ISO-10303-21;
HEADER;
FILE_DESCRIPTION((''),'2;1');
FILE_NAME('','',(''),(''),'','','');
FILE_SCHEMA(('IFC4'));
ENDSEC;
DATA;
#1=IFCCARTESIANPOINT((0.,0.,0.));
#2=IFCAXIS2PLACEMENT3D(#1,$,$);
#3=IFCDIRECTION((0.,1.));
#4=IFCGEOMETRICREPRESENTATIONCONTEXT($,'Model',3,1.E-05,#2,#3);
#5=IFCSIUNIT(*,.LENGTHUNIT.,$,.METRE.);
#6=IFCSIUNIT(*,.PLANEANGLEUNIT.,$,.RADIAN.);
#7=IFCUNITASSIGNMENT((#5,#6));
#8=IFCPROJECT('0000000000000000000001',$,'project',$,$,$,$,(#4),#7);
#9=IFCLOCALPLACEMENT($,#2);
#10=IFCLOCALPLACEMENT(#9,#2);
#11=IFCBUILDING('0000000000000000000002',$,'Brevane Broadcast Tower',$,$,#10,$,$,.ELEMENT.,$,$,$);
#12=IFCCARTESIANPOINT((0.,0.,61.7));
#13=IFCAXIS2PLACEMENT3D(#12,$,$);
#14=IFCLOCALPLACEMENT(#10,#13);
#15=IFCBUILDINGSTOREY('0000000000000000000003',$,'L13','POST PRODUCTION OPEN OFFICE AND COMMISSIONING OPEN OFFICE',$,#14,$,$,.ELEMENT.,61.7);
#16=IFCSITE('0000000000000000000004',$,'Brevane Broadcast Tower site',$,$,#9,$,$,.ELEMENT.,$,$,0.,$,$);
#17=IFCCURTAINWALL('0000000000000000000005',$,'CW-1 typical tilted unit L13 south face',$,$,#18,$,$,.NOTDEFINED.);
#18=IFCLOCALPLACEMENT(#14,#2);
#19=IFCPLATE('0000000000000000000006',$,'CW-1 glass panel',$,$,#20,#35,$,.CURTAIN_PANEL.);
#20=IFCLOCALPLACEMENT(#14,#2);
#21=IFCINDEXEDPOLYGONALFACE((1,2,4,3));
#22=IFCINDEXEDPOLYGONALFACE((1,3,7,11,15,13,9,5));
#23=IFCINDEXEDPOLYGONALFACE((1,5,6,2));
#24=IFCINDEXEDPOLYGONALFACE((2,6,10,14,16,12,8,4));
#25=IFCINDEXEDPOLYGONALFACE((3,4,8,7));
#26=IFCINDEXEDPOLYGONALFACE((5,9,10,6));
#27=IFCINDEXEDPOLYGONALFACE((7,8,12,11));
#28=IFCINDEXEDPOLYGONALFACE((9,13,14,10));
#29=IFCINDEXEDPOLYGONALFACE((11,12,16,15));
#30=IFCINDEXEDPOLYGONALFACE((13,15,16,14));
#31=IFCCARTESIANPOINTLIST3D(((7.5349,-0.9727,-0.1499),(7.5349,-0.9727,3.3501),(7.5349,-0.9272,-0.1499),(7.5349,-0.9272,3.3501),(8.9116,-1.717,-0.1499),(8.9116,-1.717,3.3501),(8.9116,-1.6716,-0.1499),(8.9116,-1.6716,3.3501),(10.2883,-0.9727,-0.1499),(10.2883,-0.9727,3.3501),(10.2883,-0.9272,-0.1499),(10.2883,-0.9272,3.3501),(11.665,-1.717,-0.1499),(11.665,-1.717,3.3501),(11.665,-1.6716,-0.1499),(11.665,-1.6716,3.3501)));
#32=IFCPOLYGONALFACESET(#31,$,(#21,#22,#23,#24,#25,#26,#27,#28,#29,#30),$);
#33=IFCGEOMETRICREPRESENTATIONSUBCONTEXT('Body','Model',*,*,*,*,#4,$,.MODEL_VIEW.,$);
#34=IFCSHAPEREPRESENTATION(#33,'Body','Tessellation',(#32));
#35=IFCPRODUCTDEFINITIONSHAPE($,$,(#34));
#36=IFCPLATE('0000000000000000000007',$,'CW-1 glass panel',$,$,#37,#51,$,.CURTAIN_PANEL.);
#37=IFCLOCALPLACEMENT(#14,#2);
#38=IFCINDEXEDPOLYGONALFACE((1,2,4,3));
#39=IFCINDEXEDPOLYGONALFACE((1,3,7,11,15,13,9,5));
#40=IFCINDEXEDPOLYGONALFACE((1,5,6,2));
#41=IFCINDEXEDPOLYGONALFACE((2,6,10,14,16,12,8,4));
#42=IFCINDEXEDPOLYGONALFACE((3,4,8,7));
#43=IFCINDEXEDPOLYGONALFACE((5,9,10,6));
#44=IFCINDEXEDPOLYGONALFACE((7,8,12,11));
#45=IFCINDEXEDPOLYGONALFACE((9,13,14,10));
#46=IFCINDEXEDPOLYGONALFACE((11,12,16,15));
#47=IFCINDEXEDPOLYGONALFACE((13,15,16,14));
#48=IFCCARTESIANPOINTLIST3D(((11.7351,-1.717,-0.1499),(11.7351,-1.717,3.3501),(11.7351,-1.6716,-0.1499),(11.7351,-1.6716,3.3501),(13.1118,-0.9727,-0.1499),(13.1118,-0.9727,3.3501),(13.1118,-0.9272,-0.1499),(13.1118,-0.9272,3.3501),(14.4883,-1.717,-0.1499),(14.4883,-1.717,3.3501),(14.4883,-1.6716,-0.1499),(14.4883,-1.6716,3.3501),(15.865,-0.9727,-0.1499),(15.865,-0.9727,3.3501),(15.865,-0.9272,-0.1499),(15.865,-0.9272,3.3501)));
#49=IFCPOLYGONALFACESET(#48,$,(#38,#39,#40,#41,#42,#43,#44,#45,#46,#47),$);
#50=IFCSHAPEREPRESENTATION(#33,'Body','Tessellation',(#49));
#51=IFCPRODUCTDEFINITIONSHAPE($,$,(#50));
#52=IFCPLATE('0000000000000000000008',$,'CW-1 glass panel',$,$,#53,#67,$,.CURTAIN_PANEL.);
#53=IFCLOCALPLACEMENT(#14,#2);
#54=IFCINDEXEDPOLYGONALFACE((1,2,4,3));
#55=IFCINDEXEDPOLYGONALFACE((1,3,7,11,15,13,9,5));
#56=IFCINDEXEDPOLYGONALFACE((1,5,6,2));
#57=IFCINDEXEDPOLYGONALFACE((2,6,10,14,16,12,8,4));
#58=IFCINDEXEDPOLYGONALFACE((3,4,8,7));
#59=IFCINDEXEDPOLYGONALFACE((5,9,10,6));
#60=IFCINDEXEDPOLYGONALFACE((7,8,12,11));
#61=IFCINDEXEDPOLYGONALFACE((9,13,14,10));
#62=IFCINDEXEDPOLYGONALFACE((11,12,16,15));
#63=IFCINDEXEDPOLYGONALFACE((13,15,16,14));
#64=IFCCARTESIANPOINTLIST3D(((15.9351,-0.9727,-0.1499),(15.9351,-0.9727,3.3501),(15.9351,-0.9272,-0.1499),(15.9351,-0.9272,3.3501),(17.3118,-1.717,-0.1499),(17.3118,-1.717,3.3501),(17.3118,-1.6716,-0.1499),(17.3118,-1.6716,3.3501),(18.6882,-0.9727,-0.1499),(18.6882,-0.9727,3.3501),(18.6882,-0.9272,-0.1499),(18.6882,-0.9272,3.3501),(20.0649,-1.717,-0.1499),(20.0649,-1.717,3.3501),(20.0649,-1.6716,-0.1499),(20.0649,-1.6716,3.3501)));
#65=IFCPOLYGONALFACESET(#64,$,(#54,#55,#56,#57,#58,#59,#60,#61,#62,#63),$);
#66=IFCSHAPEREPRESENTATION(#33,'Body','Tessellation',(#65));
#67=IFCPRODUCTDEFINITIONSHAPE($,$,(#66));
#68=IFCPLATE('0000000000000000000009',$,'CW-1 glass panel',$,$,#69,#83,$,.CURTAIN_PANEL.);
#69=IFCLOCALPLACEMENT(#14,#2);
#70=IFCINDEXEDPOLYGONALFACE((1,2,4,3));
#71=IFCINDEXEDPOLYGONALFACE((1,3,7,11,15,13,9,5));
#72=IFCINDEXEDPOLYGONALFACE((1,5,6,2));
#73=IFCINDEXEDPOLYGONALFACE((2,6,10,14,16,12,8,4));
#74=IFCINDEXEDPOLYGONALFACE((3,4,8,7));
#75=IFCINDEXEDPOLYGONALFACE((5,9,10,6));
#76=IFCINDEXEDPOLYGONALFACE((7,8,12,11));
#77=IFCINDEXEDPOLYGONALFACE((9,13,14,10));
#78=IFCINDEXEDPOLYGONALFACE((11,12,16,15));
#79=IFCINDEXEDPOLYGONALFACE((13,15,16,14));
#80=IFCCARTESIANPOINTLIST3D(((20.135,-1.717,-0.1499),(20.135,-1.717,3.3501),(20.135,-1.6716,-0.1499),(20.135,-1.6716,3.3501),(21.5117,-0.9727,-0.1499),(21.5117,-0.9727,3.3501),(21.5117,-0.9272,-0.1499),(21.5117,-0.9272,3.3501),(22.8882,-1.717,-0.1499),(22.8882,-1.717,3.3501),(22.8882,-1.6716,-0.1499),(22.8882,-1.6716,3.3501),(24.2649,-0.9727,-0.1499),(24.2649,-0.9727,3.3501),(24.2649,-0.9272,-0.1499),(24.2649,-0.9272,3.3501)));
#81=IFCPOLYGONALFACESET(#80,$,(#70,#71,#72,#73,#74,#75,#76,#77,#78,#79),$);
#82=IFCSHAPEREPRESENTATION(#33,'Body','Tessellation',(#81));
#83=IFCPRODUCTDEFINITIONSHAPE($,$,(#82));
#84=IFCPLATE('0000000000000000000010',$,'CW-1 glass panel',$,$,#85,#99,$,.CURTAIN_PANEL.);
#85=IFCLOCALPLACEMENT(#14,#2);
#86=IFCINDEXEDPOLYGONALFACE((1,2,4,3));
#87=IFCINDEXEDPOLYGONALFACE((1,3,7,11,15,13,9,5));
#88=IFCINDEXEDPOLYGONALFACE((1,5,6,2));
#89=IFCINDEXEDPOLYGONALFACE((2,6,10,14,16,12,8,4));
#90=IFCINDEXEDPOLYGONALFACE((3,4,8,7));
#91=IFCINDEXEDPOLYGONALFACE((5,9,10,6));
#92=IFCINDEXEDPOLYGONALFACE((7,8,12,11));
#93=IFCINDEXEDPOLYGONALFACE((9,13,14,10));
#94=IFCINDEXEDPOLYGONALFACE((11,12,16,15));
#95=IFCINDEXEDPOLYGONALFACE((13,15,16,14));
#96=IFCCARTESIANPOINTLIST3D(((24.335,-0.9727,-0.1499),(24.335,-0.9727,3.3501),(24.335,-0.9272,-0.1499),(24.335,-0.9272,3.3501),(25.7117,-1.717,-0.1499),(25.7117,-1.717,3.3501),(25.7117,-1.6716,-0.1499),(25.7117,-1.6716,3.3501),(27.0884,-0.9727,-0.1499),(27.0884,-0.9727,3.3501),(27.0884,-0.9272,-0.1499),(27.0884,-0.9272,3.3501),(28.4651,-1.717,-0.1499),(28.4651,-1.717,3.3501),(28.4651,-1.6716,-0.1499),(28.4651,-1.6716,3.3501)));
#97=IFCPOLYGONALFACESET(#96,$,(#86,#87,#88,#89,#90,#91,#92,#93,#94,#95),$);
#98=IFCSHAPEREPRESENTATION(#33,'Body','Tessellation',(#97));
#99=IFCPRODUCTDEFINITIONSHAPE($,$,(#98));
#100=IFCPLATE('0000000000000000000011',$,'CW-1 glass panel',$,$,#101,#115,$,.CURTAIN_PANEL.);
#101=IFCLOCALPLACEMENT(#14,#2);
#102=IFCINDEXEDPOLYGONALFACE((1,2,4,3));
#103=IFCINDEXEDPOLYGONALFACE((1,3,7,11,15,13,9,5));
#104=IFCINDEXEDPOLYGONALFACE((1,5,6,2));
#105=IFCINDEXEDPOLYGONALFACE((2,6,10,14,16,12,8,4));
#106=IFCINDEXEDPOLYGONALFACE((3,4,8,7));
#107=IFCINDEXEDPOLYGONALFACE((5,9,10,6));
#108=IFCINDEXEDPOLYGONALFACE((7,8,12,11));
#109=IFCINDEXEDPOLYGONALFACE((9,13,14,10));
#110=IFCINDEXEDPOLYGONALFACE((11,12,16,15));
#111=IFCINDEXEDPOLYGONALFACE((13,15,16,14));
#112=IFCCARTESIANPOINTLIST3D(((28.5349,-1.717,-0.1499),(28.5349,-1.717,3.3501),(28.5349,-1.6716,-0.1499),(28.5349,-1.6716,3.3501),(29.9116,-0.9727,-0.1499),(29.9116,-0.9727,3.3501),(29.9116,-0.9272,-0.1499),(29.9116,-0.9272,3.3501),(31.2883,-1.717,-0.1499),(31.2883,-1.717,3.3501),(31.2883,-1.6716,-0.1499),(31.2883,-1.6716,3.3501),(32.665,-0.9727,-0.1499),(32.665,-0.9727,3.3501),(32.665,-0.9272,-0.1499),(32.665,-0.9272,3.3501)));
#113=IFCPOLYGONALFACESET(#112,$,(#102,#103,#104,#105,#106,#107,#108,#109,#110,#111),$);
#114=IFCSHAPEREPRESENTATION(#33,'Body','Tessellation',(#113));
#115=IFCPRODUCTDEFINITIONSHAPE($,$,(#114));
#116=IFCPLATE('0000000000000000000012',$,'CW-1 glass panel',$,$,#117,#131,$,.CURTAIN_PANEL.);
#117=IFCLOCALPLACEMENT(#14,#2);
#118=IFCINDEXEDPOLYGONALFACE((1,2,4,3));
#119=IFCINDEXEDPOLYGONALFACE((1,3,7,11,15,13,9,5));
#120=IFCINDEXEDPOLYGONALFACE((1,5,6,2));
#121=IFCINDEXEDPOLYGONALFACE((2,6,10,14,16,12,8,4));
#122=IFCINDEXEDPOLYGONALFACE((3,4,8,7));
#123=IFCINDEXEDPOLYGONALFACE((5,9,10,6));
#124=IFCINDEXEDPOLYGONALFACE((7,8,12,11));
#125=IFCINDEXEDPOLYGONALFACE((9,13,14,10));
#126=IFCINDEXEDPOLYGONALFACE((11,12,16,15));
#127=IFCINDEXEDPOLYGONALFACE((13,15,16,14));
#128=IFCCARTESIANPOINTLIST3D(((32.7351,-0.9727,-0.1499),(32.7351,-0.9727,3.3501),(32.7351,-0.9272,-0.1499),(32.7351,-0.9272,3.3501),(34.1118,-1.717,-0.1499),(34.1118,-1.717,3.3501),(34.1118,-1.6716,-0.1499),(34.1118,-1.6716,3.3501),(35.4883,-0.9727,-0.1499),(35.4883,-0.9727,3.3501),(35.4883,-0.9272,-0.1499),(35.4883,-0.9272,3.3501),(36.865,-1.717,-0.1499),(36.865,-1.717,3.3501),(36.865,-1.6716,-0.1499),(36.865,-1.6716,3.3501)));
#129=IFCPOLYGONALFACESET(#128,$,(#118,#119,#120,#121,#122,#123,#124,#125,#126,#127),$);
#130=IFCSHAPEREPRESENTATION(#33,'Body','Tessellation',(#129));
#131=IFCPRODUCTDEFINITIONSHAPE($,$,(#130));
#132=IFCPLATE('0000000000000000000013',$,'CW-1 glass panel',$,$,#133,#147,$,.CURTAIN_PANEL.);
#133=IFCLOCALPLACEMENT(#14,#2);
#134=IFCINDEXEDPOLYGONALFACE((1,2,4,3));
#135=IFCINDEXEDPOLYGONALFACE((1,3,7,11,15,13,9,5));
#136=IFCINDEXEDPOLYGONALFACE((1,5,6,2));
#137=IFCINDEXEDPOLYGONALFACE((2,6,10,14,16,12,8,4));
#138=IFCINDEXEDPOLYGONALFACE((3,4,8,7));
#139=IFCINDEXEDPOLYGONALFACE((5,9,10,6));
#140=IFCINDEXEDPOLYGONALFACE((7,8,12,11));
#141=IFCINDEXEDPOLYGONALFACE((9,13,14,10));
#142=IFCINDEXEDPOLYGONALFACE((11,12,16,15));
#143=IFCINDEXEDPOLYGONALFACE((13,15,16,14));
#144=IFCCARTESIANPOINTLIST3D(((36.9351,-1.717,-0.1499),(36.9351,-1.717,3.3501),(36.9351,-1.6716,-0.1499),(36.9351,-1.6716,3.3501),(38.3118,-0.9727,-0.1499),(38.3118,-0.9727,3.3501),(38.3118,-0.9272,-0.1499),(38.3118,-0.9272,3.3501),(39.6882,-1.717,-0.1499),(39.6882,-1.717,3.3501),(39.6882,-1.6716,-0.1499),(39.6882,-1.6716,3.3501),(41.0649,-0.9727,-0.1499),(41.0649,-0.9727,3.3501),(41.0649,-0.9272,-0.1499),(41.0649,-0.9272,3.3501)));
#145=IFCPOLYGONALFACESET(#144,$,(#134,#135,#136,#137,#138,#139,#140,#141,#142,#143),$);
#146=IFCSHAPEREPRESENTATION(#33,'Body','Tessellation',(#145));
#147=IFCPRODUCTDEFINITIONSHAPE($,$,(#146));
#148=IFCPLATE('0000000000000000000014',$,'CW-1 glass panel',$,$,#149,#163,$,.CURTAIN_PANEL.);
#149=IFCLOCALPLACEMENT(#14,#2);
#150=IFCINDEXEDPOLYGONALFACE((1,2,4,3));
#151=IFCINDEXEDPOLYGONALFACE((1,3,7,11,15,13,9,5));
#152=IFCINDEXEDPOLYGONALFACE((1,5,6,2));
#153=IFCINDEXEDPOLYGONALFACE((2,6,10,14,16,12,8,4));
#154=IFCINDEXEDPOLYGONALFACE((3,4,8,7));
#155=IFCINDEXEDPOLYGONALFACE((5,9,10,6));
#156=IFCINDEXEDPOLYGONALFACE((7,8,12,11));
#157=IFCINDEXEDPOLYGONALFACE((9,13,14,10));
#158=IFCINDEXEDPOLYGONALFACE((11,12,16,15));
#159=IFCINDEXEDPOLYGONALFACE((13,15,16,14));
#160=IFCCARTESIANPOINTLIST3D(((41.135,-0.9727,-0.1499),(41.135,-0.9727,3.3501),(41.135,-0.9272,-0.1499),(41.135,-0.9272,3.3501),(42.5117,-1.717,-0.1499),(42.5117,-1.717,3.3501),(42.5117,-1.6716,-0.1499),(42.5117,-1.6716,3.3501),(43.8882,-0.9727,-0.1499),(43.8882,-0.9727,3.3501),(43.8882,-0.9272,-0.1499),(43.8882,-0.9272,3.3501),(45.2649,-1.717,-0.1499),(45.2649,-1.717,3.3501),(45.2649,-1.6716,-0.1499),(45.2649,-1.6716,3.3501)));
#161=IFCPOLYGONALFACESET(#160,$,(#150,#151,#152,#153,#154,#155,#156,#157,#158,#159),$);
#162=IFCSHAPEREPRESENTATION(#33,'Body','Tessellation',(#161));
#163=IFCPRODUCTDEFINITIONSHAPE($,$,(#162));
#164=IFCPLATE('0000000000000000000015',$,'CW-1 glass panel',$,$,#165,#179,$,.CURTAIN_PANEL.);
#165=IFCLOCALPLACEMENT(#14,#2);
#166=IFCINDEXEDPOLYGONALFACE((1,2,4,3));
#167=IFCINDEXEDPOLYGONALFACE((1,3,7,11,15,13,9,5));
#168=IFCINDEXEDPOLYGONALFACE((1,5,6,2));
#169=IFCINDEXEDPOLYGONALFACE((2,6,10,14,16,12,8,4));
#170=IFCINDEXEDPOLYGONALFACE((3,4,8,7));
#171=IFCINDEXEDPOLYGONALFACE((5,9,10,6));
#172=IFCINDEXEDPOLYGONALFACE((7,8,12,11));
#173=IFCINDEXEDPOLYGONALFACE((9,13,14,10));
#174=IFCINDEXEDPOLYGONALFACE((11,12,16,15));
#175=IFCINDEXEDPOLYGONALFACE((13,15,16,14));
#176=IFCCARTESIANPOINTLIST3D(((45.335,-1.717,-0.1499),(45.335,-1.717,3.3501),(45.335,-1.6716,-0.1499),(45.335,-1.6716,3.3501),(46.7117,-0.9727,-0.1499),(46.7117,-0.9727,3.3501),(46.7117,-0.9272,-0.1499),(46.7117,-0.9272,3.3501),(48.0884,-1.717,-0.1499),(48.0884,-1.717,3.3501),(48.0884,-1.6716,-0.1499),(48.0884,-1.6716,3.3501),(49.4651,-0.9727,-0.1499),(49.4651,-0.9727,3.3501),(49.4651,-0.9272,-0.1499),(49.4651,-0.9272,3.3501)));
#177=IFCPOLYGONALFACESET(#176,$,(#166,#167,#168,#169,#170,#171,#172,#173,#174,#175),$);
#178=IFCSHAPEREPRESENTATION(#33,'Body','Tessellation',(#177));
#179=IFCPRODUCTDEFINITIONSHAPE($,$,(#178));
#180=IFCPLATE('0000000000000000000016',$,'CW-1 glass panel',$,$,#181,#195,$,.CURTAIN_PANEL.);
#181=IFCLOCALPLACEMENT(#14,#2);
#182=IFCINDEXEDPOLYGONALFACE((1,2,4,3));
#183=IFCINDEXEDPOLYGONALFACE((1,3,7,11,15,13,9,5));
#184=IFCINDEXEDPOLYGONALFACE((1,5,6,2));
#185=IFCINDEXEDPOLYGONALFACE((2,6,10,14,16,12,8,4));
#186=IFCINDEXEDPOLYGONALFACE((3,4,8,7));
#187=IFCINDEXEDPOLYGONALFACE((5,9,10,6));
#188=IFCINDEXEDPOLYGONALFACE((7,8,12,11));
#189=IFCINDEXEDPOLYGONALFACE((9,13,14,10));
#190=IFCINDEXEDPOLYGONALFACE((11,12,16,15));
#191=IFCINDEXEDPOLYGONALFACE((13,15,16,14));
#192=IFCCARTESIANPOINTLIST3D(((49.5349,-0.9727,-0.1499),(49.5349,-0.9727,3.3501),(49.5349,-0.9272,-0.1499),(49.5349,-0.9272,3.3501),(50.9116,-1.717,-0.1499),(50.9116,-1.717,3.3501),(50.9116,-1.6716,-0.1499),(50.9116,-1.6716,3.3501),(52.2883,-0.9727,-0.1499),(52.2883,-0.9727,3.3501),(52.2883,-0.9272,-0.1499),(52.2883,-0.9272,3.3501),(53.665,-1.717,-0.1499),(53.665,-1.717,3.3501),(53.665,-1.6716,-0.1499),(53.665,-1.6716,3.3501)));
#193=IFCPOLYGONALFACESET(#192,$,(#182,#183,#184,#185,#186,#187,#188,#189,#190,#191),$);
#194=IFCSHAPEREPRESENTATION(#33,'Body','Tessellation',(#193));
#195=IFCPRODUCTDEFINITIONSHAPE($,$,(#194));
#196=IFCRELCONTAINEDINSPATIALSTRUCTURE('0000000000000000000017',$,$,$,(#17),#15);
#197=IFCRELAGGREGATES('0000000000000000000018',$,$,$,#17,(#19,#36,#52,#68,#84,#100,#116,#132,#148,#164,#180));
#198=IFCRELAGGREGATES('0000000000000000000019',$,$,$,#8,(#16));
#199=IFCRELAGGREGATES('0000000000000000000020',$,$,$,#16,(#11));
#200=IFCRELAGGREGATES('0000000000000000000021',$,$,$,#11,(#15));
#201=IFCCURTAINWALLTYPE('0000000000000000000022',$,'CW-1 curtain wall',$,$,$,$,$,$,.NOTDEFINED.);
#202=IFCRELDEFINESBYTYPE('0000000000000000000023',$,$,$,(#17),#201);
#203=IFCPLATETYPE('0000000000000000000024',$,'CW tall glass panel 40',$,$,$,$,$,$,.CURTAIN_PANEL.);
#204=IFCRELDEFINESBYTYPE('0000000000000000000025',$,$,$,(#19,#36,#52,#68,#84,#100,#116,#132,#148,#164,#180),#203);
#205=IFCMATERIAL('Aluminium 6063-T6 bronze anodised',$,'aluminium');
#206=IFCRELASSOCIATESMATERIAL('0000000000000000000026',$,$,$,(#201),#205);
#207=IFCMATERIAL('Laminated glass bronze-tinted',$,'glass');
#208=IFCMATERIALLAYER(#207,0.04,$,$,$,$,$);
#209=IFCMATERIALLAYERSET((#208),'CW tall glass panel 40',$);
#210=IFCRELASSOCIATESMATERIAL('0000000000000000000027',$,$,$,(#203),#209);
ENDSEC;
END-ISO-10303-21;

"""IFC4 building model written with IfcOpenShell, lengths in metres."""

from ifc_helpers import new_model, si_unit, direction, frame, origin, place, context, subcontext, project, spatial, polyline, outline, extrude, material, layer, layer_set, type_object, element, aggregate, save


model = new_model("IFC4")

# Units and contexts
model_context = context("Model", 3, precision=1e-05, world=origin(), true_north=direction((0.0, 1.0)))
body_context = subcontext(model_context, "Body", "Model", "MODEL_VIEW")
ifc_project = project(units=[si_unit("LENGTHUNIT", "METRE"), si_unit("PLANEANGLEUNIT", "RADIAN")], contexts=[model_context])

# Site, building, storey
site_placement = place(None, origin())
site = spatial("IfcSite", under=ifc_project, at=site_placement, Name="Brevane Broadcast Tower site", CompositionType="ELEMENT", RefElevation=0.0)
building_placement = place(site_placement, origin())
building = spatial("IfcBuilding", under=site, at=building_placement, Name="Brevane Broadcast Tower", CompositionType="ELEMENT")
storey_placement = place(building_placement, frame((0.0, 0.0, 61.7)))
storey = spatial("IfcBuildingStorey", under=building, at=storey_placement, Name="L13", Description="POST PRODUCTION OPEN OFFICE AND COMMISSIONING OPEN OFFICE", CompositionType="ELEMENT", Elevation=61.7)

# Curtain wall, plates
ifc_material_1 = material(Name="Aluminium 6063-T6 bronze anodised", Category="aluminium")
curtain_wall_type = type_object("IfcCurtainWallType", Name="CW-1 curtain wall", PredefinedType="NOTDEFINED", material=ifc_material_1)
curtain_wall_1_placement = place(storey_placement, origin())
curtain_wall_1 = element("IfcCurtainWall", 1, at=curtain_wall_1_placement, inside=storey, type_object=curtain_wall_type, Name="CW-1 typical tilted unit L13 south face", PredefinedType="NOTDEFINED")
ifc_material_2 = material(Name="Laminated glass bronze-tinted", Category="glass")
ifc_layer = layer(ifc_material_2, 0.04)
ifc_layer_set = layer_set([ifc_layer], Name="CW tall glass panel 40")
plate_type = type_object("IfcPlateType", Name="CW tall glass panel 40", PredefinedType="CURTAIN_PANEL", material=ifc_layer_set)
plate_1_placement = place(storey_placement, frame((0.0, 0.0, -0.1499)))
plate_1 = element("IfcPlate", 2, at=plate_1_placement, type_object=plate_type, Name="CW-1 glass panel", PredefinedType="CURTAIN_PANEL", context=body_context, shape_type="SweptSolid", body=[
    extrude(outline(polyline([(7.5349, -0.9272), (7.5349, -0.9727), (8.9116, -1.717), (10.2883, -0.9727), (11.665, -1.717), (11.665, -1.6716), (10.2883, -0.9272), (8.9116, -1.6716), (7.5349, -0.9272)])), origin(), (0.0, 0.0, 1.0), 3.5),
])
plate_2_placement = place(storey_placement, frame((0.0, 0.0, -0.1499)))
plate_2 = element("IfcPlate", 3, at=plate_2_placement, type_object=plate_type, Name="CW-1 glass panel", PredefinedType="CURTAIN_PANEL", context=body_context, shape_type="SweptSolid", body=[
    extrude(outline(polyline([(11.7351, -1.6716), (11.7351, -1.717), (13.1118, -0.9727), (14.4883, -1.717), (15.865, -0.9727), (15.865, -0.9272), (14.4883, -1.6716), (13.1118, -0.9272), (11.7351, -1.6716)])), origin(), (0.0, 0.0, 1.0), 3.5),
])
plate_3_placement = place(storey_placement, frame((0.0, 0.0, -0.1499)))
plate_3 = element("IfcPlate", 4, at=plate_3_placement, type_object=plate_type, Name="CW-1 glass panel", PredefinedType="CURTAIN_PANEL", context=body_context, shape_type="SweptSolid", body=[
    extrude(outline(polyline([(15.9351, -0.9272), (15.9351, -0.9727), (17.3118, -1.717), (18.6882, -0.9727), (20.0649, -1.717), (20.0649, -1.6716), (18.6882, -0.9272), (17.3118, -1.6716), (15.9351, -0.9272)])), origin(), (0.0, 0.0, 1.0), 3.5),
])
plate_4_placement = place(storey_placement, frame((0.0, 0.0, -0.1499)))
plate_4 = element("IfcPlate", 5, at=plate_4_placement, type_object=plate_type, Name="CW-1 glass panel", PredefinedType="CURTAIN_PANEL", context=body_context, shape_type="SweptSolid", body=[
    extrude(outline(polyline([(20.135, -1.6716), (20.135, -1.717), (21.5117, -0.9727), (22.8882, -1.717), (24.2649, -0.9727), (24.2649, -0.9272), (22.8882, -1.6716), (21.5117, -0.9272), (20.135, -1.6716)])), origin(), (0.0, 0.0, 1.0), 3.5),
])
plate_5_placement = place(storey_placement, frame((0.0, 0.0, -0.1499)))
plate_5 = element("IfcPlate", 6, at=plate_5_placement, type_object=plate_type, Name="CW-1 glass panel", PredefinedType="CURTAIN_PANEL", context=body_context, shape_type="SweptSolid", body=[
    extrude(outline(polyline([(24.335, -0.9272), (24.335, -0.9727), (25.7117, -1.717), (27.0884, -0.9727), (28.4651, -1.717), (28.4651, -1.6716), (27.0884, -0.9272), (25.7117, -1.6716), (24.335, -0.9272)])), origin(), (0.0, 0.0, 1.0), 3.5),
])
plate_6_placement = place(storey_placement, frame((0.0, 0.0, -0.1499)))
plate_6 = element("IfcPlate", 7, at=plate_6_placement, type_object=plate_type, Name="CW-1 glass panel", PredefinedType="CURTAIN_PANEL", context=body_context, shape_type="SweptSolid", body=[
    extrude(outline(polyline([(28.5349, -1.6716), (28.5349, -1.717), (29.9116, -0.9727), (31.2883, -1.717), (32.665, -0.9727), (32.665, -0.9272), (31.2883, -1.6716), (29.9116, -0.9272), (28.5349, -1.6716)])), origin(), (0.0, 0.0, 1.0), 3.5),
])
plate_7_placement = place(storey_placement, frame((0.0, 0.0, -0.1499)))
plate_7 = element("IfcPlate", 8, at=plate_7_placement, type_object=plate_type, Name="CW-1 glass panel", PredefinedType="CURTAIN_PANEL", context=body_context, shape_type="SweptSolid", body=[
    extrude(outline(polyline([(32.7351, -0.9272), (32.7351, -0.9727), (34.1118, -1.717), (35.4883, -0.9727), (36.865, -1.717), (36.865, -1.6716), (35.4883, -0.9272), (34.1118, -1.6716), (32.7351, -0.9272)])), origin(), (0.0, 0.0, 1.0), 3.5),
])
plate_8_placement = place(storey_placement, frame((0.0, 0.0, -0.1499)))
plate_8 = element("IfcPlate", 9, at=plate_8_placement, type_object=plate_type, Name="CW-1 glass panel", PredefinedType="CURTAIN_PANEL", context=body_context, shape_type="SweptSolid", body=[
    extrude(outline(polyline([(36.9351, -1.6716), (36.9351, -1.717), (38.3118, -0.9727), (39.6882, -1.717), (41.0649, -0.9727), (41.0649, -0.9272), (39.6882, -1.6716), (38.3118, -0.9272), (36.9351, -1.6716)])), origin(), (0.0, 0.0, 1.0), 3.5),
])
plate_9_placement = place(storey_placement, frame((0.0, 0.0, -0.1499)))
plate_9 = element("IfcPlate", 10, at=plate_9_placement, type_object=plate_type, Name="CW-1 glass panel", PredefinedType="CURTAIN_PANEL", context=body_context, shape_type="SweptSolid", body=[
    extrude(outline(polyline([(41.135, -0.9272), (41.135, -0.9727), (42.5117, -1.717), (43.8882, -0.9727), (45.2649, -1.717), (45.2649, -1.6716), (43.8882, -0.9272), (42.5117, -1.6716), (41.135, -0.9272)])), origin(), (0.0, 0.0, 1.0), 3.5),
])
plate_10_placement = place(storey_placement, frame((0.0, 0.0, -0.1499)))
plate_10 = element("IfcPlate", 11, at=plate_10_placement, type_object=plate_type, Name="CW-1 glass panel", PredefinedType="CURTAIN_PANEL", context=body_context, shape_type="SweptSolid", body=[
    extrude(outline(polyline([(45.335, -1.6716), (45.335, -1.717), (46.7117, -0.9727), (48.0884, -1.717), (49.4651, -0.9727), (49.4651, -0.9272), (48.0884, -1.6716), (46.7117, -0.9272), (45.335, -1.6716)])), origin(), (0.0, 0.0, 1.0), 3.5),
])
plate_11_placement = place(storey_placement, frame((0.0, 0.0, -0.1499)))
plate_11 = element("IfcPlate", 12, at=plate_11_placement, type_object=plate_type, Name="CW-1 glass panel", PredefinedType="CURTAIN_PANEL", context=body_context, shape_type="SweptSolid", body=[
    extrude(outline(polyline([(49.5349, -0.9272), (49.5349, -0.9727), (50.9116, -1.717), (52.2883, -0.9727), (53.665, -1.717), (53.665, -1.6716), (52.2883, -0.9272), (50.9116, -1.6716), (49.5349, -0.9272)])), origin(), (0.0, 0.0, 1.0), 3.5),
])
aggregate(curtain_wall_1, [plate_1, plate_2, plate_3, plate_4, plate_5, plate_6, plate_7, plate_8, plate_9, plate_10, plate_11])

save(model, "model.ifc")
